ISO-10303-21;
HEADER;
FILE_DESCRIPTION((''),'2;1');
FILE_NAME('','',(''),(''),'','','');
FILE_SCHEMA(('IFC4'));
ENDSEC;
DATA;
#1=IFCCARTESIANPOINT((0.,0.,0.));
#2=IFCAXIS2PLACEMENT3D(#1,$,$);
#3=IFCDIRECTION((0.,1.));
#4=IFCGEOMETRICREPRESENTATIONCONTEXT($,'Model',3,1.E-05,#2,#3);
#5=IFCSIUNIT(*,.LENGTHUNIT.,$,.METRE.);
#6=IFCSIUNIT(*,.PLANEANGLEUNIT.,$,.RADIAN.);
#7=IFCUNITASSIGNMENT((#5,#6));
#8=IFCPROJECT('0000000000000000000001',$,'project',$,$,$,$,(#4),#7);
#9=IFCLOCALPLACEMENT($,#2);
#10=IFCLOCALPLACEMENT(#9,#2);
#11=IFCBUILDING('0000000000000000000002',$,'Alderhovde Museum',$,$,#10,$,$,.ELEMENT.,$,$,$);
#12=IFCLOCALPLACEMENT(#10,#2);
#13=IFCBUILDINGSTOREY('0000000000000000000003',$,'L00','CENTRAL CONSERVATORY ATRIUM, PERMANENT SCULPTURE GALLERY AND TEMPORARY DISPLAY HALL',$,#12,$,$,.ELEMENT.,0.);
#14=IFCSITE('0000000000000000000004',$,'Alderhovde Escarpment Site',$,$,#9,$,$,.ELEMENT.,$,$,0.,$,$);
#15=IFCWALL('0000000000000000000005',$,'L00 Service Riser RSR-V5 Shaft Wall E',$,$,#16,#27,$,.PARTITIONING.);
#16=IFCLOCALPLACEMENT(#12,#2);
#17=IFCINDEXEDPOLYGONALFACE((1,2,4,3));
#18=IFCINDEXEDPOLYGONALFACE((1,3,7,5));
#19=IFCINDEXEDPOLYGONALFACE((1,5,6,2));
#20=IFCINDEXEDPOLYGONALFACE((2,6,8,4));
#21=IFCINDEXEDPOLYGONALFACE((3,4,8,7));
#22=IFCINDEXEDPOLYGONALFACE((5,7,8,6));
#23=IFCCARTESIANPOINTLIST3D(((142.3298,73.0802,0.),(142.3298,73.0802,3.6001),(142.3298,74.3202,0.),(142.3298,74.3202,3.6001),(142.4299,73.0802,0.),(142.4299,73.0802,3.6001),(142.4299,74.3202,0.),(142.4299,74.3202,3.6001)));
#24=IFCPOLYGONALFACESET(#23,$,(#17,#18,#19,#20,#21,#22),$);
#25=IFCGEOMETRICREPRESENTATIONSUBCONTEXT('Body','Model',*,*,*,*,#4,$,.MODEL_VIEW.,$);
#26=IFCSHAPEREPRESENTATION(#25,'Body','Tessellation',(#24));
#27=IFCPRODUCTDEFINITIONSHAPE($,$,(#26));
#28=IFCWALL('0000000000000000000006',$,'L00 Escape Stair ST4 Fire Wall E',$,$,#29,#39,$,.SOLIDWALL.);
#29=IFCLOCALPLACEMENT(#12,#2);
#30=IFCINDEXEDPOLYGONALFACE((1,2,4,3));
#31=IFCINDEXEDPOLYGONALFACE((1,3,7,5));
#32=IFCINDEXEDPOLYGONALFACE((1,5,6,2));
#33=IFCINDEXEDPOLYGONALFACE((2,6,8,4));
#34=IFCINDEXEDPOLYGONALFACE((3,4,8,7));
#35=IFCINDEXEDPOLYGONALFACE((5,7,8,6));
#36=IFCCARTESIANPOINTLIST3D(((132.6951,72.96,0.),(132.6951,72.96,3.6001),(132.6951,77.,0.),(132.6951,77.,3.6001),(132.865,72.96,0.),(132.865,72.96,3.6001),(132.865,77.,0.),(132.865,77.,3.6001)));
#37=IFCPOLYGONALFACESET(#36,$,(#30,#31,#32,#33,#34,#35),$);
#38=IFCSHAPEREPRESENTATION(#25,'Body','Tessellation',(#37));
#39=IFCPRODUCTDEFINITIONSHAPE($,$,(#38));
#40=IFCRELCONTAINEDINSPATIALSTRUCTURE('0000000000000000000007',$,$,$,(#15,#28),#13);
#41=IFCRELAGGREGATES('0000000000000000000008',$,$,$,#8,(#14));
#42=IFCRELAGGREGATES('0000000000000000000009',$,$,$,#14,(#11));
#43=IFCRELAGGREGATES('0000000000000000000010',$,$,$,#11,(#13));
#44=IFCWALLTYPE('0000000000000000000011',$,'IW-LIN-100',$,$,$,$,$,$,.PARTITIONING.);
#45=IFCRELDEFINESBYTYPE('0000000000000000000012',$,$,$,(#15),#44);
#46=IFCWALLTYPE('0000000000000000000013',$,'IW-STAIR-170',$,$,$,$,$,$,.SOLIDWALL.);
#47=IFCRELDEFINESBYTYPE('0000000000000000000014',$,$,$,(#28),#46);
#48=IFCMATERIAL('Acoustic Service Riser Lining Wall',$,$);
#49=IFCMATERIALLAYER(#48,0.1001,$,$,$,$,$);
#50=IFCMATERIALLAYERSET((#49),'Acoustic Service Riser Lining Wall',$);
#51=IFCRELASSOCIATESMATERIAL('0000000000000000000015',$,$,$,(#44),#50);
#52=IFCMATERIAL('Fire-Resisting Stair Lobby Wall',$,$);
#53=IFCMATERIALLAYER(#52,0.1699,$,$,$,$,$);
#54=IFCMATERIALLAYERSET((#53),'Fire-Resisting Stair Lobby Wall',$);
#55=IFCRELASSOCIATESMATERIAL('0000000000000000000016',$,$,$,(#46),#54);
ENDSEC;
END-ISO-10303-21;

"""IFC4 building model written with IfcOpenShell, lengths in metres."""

from ifc_helpers import new_model, si_unit, direction, frame, frame_2d, origin, place, context, subcontext, project, spatial, rectangle, extrude, material, layer, layer_set, type_object, element, save


model = new_model("IFC4")

# Units and contexts
model_context = context("Model", 3, precision=1e-05, world=origin(), true_north=direction((0.0, 1.0)))
body_context = subcontext(model_context, "Body", "Model", "MODEL_VIEW")
ifc_project = project(units=[si_unit("LENGTHUNIT", "METRE"), si_unit("PLANEANGLEUNIT", "RADIAN")], contexts=[model_context])

# Site, building, storey
site_placement = place(None, origin())
site = spatial("IfcSite", under=ifc_project, at=site_placement, Name="Alderhovde Escarpment Site", CompositionType="ELEMENT", RefElevation=0.0)
building_placement = place(site_placement, origin())
building = spatial("IfcBuilding", under=site, at=building_placement, Name="Alderhovde Museum", CompositionType="ELEMENT")
storey_placement = place(building_placement, origin())
storey = spatial("IfcBuildingStorey", under=building, at=storey_placement, Name="L00", Description="CENTRAL CONSERVATORY ATRIUM, PERMANENT SCULPTURE GALLERY AND TEMPORARY DISPLAY HALL", CompositionType="ELEMENT", Elevation=0.0)

# Walls
ifc_material_1 = material(Name="Acoustic Service Riser Lining Wall")
ifc_layer_1 = layer(ifc_material_1, 0.1001)
ifc_layer_set_1 = layer_set([ifc_layer_1], Name="Acoustic Service Riser Lining Wall")
wall_type_1 = type_object("IfcWallType", Name="IW-LIN-100", PredefinedType="PARTITIONING", material=ifc_layer_set_1)
for number, where, z_axis, x_axis, name in (
    (1, (142.3799, 73.0801, 0.0), (0.0, 0.0, 1.0), (0.0, 1.0, 0.0), "L00 Service Riser RSR-V5 Shaft Wall E"),
):
    element("IfcWall", number, at=place(storey_placement, frame(where, z_axis=z_axis, x_axis=x_axis)), inside=storey, type_object=wall_type_1, Name=name, PredefinedType="PARTITIONING", context=body_context, shape_type="SweptSolid", body=[
        extrude(rectangle(XDim=1.24, YDim=0.1001, at=frame_2d((0.6201, 0.0))), origin(), (0.0, 0.0, 1.0), 3.6001),
    ])
ifc_material_2 = material(Name="Fire-Resisting Stair Lobby Wall")
ifc_layer_2 = layer(ifc_material_2, 0.1699)
ifc_layer_set_2 = layer_set([ifc_layer_2], Name="Fire-Resisting Stair Lobby Wall")
wall_type_2 = type_object("IfcWallType", Name="IW-STAIR-170", PredefinedType="SOLIDWALL", material=ifc_layer_set_2)
wall_1_placement = place(storey_placement, frame((132.78, 72.96, 0.0), z_axis=(0.0, 0.0, 1.0), x_axis=(0.0, 1.0, 0.0)))
element("IfcWall", 2, at=wall_1_placement, inside=storey, type_object=wall_type_2, Name="L00 Escape Stair ST4 Fire Wall E", PredefinedType="SOLIDWALL", context=body_context, shape_type="SweptSolid", body=[
    extrude(rectangle(XDim=4.04, YDim=0.1699, at=frame_2d((2.02, 0.0))), origin(), (0.0, 0.0, 1.0), 3.6001),
])

save(model, "model.ifc")
